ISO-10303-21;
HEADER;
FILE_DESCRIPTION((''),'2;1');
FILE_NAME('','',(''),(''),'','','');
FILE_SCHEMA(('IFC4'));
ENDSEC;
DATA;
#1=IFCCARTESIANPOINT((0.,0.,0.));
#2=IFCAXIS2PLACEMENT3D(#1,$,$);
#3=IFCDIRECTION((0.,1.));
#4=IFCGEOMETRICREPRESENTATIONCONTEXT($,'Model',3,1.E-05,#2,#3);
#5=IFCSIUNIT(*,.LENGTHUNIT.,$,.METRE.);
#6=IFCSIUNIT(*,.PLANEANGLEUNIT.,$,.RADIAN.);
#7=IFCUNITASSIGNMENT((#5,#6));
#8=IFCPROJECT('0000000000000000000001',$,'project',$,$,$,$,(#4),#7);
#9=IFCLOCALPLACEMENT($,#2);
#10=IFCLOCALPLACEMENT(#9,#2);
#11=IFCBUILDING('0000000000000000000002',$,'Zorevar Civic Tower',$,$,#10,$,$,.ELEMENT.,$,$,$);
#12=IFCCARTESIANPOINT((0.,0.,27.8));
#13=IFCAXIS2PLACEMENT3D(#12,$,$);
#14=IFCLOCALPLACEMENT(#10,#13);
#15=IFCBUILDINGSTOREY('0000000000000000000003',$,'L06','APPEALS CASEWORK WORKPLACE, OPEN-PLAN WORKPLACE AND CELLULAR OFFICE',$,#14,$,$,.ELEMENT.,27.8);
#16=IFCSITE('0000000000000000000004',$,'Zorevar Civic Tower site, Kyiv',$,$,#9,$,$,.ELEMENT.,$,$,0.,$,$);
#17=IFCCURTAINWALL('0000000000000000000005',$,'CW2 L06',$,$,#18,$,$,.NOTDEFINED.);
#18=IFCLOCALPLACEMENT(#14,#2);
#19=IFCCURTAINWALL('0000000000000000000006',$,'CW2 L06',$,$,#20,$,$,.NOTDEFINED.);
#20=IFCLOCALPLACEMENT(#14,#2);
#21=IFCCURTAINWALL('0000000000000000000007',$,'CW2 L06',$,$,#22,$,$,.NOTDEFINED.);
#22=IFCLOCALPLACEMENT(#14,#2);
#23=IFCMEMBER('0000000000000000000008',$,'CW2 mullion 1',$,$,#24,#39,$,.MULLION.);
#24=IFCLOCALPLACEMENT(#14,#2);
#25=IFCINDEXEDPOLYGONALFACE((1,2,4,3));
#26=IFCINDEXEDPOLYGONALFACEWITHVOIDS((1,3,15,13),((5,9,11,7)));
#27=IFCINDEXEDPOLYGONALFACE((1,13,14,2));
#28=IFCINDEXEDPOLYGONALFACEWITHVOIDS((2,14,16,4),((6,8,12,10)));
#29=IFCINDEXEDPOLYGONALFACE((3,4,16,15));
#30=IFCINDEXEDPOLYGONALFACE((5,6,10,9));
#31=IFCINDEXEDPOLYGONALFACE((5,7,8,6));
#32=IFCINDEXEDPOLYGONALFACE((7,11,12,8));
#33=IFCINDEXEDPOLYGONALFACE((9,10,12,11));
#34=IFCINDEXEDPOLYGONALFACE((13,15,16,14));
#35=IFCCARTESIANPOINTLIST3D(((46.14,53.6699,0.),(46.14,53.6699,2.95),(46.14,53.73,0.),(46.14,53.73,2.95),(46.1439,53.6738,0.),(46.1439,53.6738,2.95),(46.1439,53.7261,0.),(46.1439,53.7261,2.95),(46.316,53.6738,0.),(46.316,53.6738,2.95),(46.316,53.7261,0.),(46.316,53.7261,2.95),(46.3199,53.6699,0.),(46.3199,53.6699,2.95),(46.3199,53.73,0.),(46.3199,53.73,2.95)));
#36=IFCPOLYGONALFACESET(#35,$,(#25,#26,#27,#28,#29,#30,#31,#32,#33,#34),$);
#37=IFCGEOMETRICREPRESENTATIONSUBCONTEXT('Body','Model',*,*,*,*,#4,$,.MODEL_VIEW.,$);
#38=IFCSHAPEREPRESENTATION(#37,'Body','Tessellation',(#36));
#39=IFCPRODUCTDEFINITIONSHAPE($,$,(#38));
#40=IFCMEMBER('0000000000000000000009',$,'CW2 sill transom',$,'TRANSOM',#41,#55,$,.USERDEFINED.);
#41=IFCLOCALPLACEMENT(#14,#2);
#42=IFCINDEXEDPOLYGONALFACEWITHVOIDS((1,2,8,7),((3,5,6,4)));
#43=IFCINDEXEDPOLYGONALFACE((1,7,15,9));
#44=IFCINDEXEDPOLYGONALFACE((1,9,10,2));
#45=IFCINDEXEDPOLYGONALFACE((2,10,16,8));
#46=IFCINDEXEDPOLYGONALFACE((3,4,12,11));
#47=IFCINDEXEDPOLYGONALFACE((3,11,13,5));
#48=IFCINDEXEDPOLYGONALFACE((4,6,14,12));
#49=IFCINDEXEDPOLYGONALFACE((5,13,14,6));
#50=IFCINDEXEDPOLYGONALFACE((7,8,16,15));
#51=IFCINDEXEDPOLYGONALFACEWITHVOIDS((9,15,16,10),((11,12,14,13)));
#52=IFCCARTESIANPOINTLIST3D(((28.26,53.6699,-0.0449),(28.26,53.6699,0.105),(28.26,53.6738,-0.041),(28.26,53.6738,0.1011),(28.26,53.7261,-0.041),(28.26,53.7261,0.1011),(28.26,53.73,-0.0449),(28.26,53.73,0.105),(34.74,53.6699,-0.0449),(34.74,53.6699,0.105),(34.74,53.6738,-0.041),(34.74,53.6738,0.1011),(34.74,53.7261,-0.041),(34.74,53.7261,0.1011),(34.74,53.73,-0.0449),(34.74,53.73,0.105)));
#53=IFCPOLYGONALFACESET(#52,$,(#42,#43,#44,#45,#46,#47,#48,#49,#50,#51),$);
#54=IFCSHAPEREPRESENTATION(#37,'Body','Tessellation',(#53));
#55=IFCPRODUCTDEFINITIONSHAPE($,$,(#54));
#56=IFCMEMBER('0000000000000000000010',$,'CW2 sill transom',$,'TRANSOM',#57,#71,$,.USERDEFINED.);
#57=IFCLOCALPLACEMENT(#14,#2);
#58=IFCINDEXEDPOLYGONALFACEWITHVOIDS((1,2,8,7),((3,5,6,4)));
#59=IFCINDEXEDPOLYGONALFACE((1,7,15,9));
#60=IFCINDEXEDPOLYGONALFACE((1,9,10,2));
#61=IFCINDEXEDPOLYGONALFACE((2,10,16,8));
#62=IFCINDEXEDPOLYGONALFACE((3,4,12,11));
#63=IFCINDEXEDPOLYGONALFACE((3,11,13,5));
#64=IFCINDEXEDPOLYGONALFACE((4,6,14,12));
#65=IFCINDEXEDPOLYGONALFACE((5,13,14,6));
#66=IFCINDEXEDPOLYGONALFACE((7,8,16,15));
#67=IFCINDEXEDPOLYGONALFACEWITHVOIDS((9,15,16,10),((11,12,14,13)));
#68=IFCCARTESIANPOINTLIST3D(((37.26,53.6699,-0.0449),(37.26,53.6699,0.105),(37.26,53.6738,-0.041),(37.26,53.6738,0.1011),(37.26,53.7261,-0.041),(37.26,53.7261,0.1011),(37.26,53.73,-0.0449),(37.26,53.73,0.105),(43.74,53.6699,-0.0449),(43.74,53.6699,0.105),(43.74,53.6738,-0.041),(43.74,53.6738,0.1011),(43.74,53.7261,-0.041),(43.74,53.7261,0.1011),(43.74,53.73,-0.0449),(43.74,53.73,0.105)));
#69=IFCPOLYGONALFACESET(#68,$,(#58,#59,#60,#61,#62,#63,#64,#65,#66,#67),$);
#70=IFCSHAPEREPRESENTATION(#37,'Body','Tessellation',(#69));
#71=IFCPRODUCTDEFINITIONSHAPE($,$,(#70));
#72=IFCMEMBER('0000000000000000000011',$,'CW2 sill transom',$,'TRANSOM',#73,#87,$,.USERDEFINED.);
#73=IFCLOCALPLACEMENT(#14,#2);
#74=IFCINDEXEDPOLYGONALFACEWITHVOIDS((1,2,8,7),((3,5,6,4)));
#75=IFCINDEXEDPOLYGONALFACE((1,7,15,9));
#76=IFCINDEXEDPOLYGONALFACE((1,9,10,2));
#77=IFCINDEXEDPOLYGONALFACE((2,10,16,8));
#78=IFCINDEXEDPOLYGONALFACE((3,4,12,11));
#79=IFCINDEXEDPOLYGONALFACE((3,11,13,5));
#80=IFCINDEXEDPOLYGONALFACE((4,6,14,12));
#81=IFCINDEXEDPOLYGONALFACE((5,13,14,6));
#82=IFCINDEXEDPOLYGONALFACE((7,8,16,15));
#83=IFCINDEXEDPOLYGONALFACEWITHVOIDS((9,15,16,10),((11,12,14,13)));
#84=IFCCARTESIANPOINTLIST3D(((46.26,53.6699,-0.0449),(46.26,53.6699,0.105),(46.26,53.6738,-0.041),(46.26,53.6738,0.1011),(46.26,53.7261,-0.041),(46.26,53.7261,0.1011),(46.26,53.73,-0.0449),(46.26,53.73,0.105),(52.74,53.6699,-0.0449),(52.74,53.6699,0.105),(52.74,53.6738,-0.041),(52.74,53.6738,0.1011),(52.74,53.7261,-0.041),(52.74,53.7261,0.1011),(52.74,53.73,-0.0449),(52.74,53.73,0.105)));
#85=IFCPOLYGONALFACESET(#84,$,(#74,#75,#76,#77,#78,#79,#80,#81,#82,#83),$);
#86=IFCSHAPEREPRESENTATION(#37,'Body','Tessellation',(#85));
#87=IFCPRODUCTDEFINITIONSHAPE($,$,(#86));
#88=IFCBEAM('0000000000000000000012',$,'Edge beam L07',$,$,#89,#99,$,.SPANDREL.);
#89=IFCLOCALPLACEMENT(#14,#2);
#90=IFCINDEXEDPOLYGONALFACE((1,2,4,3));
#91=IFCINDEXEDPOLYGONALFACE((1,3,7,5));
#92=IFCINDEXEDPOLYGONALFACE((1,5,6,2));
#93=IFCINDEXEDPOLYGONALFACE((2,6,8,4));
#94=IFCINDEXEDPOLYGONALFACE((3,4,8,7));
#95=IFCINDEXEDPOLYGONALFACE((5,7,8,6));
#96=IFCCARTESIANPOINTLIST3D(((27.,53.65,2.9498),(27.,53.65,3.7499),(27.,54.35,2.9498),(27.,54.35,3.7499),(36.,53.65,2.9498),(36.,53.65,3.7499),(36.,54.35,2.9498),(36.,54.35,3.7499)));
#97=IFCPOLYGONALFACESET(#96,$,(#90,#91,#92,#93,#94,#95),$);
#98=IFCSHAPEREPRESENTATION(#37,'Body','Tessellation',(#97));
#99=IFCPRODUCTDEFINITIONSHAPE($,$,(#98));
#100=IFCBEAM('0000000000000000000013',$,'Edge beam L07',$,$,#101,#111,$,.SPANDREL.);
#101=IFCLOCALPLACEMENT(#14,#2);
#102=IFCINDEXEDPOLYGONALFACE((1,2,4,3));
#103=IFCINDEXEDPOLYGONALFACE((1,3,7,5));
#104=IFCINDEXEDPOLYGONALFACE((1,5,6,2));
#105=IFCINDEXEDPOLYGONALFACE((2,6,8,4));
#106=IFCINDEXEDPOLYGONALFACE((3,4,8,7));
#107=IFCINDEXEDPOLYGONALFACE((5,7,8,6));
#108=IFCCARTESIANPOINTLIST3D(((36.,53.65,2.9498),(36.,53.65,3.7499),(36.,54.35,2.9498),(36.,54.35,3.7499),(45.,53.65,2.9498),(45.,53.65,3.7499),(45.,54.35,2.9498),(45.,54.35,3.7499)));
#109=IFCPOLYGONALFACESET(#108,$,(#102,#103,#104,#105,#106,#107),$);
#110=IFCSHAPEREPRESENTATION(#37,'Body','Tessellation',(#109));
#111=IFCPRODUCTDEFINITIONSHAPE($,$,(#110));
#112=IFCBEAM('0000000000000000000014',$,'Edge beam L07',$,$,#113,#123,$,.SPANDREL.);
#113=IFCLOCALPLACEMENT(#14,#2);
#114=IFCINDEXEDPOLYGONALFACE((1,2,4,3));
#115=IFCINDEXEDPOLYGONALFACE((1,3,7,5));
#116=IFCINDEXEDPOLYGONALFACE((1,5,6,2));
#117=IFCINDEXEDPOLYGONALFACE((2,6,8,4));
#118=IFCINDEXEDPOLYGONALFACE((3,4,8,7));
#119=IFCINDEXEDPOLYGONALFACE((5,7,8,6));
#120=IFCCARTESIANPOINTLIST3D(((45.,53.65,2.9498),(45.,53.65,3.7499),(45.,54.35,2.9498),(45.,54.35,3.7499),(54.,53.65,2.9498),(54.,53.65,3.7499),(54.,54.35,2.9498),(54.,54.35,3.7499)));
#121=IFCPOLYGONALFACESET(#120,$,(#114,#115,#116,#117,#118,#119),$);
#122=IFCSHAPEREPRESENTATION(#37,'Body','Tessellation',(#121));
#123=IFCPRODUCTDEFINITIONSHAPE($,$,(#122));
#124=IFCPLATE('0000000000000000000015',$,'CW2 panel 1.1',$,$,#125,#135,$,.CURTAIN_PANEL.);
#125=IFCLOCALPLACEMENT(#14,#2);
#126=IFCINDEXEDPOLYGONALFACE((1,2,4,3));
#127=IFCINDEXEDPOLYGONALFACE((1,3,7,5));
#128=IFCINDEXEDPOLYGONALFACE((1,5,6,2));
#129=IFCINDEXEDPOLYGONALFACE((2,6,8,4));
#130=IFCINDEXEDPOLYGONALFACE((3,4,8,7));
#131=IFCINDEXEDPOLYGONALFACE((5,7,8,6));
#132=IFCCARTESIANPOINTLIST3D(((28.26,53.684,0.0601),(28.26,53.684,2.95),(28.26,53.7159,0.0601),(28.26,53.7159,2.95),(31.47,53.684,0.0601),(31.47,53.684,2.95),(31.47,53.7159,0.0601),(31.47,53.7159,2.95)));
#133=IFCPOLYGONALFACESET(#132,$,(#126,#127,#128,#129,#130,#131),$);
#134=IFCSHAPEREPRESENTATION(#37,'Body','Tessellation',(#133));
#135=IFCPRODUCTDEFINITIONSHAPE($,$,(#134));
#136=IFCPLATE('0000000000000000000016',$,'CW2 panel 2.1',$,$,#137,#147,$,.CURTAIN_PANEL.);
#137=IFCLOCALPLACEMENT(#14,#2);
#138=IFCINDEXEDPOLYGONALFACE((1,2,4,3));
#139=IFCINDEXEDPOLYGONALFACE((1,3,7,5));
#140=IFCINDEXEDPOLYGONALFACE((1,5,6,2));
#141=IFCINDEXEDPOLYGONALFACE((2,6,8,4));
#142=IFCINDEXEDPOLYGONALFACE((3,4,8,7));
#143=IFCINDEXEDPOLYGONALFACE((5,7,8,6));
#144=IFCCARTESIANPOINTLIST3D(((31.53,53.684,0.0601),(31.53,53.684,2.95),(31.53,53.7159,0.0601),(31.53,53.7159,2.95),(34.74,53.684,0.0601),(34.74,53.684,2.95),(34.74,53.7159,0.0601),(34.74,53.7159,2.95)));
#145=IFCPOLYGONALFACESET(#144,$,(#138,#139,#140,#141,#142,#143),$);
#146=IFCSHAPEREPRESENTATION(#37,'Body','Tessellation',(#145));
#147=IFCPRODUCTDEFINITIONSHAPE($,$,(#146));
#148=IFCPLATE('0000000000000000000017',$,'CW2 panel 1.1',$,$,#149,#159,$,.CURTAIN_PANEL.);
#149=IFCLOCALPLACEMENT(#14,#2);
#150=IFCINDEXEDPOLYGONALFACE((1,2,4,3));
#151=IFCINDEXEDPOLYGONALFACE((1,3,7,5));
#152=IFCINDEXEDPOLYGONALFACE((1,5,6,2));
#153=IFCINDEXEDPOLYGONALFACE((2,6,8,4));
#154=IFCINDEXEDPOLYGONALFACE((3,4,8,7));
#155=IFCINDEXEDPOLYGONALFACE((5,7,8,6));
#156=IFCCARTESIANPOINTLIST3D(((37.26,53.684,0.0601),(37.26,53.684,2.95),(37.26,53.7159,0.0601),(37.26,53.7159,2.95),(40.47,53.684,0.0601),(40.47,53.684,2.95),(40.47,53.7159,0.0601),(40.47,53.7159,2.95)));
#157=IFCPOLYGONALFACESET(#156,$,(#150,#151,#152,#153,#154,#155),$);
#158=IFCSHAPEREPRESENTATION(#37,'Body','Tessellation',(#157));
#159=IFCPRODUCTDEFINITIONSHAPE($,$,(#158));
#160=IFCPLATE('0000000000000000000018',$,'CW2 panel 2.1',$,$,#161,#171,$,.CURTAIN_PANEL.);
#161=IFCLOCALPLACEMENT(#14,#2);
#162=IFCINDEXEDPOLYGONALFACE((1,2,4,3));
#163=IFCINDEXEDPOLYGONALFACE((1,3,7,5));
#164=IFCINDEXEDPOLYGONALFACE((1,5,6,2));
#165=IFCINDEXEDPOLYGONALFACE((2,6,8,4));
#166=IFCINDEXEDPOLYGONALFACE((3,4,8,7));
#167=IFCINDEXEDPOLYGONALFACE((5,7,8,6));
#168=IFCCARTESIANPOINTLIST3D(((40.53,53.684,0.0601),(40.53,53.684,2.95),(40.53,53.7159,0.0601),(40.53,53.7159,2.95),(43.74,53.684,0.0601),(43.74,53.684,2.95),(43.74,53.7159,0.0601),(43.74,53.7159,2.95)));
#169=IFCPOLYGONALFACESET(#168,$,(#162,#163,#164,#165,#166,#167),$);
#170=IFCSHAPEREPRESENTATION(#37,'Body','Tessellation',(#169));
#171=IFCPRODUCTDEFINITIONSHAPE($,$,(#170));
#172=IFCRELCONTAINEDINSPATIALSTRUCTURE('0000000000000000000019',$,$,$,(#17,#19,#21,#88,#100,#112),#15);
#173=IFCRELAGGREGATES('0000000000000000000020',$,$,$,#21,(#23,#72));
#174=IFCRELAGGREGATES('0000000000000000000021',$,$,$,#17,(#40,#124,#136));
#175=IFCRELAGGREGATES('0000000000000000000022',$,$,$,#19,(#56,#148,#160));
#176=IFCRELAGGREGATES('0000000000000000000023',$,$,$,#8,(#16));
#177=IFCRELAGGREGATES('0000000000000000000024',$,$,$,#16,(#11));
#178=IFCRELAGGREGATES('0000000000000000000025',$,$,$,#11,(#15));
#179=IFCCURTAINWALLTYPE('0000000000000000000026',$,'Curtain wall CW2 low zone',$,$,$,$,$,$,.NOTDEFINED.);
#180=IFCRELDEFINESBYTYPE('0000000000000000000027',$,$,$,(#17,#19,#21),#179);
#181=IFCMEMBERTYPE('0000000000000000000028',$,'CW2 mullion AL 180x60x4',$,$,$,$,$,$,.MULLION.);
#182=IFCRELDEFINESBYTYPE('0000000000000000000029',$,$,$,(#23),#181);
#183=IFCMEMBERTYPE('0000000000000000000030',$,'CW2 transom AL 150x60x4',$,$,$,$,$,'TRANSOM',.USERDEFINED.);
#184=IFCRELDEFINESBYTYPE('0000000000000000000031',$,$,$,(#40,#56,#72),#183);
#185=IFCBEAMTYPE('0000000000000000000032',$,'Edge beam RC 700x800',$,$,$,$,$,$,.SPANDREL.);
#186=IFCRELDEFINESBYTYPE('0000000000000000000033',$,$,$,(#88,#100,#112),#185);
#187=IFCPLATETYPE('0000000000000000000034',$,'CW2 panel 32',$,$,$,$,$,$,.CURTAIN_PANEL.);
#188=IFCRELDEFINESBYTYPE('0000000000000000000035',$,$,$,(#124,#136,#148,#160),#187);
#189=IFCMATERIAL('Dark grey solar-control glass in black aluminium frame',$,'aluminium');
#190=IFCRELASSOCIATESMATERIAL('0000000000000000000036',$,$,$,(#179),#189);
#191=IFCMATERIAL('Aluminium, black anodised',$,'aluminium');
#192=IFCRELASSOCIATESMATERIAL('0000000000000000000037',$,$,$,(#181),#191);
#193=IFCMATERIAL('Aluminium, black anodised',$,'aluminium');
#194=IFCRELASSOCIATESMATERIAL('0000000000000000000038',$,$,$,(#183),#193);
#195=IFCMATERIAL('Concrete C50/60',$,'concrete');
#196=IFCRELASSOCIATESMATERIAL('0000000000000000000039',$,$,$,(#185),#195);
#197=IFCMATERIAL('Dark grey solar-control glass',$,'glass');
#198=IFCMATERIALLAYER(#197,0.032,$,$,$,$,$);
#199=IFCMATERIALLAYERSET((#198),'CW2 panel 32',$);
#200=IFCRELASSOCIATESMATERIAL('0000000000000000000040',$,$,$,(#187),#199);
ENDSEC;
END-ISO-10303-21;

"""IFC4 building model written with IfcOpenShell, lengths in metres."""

from ifc_helpers import new_model, si_unit, direction, frame, origin, origin_2d, place, context, subcontext, project, spatial, rectangle, hollow_rectangle, extrude, material, layer, layer_set, material_profile, profile_set, type_object, element, aggregate, save


model = new_model("IFC4")

# Units and contexts
model_context = context("Model", 3, precision=1e-05, world=origin(), true_north=direction((0.0, 1.0)))
body_context = subcontext(model_context, "Body", "Model", "MODEL_VIEW")
ifc_project = project(units=[si_unit("LENGTHUNIT", "METRE"), si_unit("PLANEANGLEUNIT", "RADIAN")], contexts=[model_context])

# Site, building, storey
site_placement = place(None, origin())
site = spatial("IfcSite", under=ifc_project, at=site_placement, Name="Zorevar Civic Tower site, Kyiv", CompositionType="ELEMENT", RefElevation=0.0)
building_placement = place(site_placement, origin())
building = spatial("IfcBuilding", under=site, at=building_placement, Name="Zorevar Civic Tower", CompositionType="ELEMENT")
storey_placement = place(building_placement, frame((0.0, 0.0, 27.8)))
storey = spatial("IfcBuildingStorey", under=building, at=storey_placement, Name="L06", Description="APPEALS CASEWORK WORKPLACE, OPEN-PLAN WORKPLACE AND CELLULAR OFFICE", CompositionType="ELEMENT", Elevation=27.8)

# Curtain walls
ifc_material_1 = material(Name="Dark grey solar-control glass in black aluminium frame", Category="aluminium")
curtain_wall_type = type_object("IfcCurtainWallType", Name="Curtain wall CW2 low zone", PredefinedType="NOTDEFINED", material=ifc_material_1)
curtain_wall_1_placement = place(storey_placement, origin())
curtain_wall_1 = element("IfcCurtainWall", 1, at=curtain_wall_1_placement, inside=storey, type_object=curtain_wall_type, Name="CW2 L06", PredefinedType="NOTDEFINED")
ifc_material_2 = material(Name="Aluminium, black anodised", Category="aluminium")
ifc_material_profile_1 = material_profile(ifc_material_2, hollow_rectangle(XDim=0.0601, YDim=0.1799, WallThickness=0.0039, at=origin_2d()), Name="AL 180x60x4")
ifc_profile_set_1 = profile_set([ifc_material_profile_1], Name="Aluminium, black anodised")
member_type_1 = type_object("IfcMemberType", Name="CW2 mullion AL 180x60x4", PredefinedType="MULLION", material=ifc_profile_set_1)
curtain_wall_2_placement = place(storey_placement, origin())
curtain_wall_2 = element("IfcCurtainWall", 2, at=curtain_wall_2_placement, inside=storey, type_object=curtain_wall_type, Name="CW2 L06", PredefinedType="NOTDEFINED")

# Curtain wall, member
curtain_wall_3_placement = place(storey_placement, origin())
curtain_wall_3 = element("IfcCurtainWall", 3, at=curtain_wall_3_placement, inside=storey, type_object=curtain_wall_type, Name="CW2 L06", PredefinedType="NOTDEFINED")
member_1_placement = place(storey_placement, frame((46.23, 53.7, 0.0), z_axis=(0.0, 0.0, 1.0), x_axis=(0.0, 1.0, 0.0)))
member_1 = element("IfcMember", 4, at=member_1_placement, type_object=member_type_1, Name="CW2 mullion 1", PredefinedType="MULLION", context=body_context, shape_type="SweptSolid", body=[
    extrude(hollow_rectangle(XDim=0.0601, YDim=0.1799, WallThickness=0.0039, at=origin_2d()), origin(), (0.0, 0.0, 1.0), 2.95),
])

# Members
ifc_material_3 = material(Name="Aluminium, black anodised", Category="aluminium")
ifc_material_profile_2 = material_profile(ifc_material_3, hollow_rectangle(XDim=0.0601, YDim=0.1499, WallThickness=0.0039, at=origin_2d()), Name="AL 150x60x4")
ifc_profile_set_2 = profile_set([ifc_material_profile_2], Name="Aluminium, black anodised")
member_type_2 = type_object("IfcMemberType", Name="CW2 transom AL 150x60x4", ElementType="TRANSOM", PredefinedType="USERDEFINED", material=ifc_profile_set_2)
member_2_placement = place(storey_placement, frame((28.26, 53.7, 0.03), z_axis=(1.0, 0.0, 0.0), x_axis=(0.0, 1.0, 0.0)))
member_2 = element("IfcMember", 5, at=member_2_placement, type_object=member_type_2, Name="CW2 sill transom", ObjectType="TRANSOM", PredefinedType="USERDEFINED", context=body_context, shape_type="SweptSolid", body=[
    extrude(hollow_rectangle(XDim=0.0601, YDim=0.1499, WallThickness=0.0039, at=origin_2d()), origin(), (0.0, 0.0, 1.0), 6.48),
])
member_3_placement = place(storey_placement, frame((37.26, 53.7, 0.03), z_axis=(1.0, 0.0, 0.0), x_axis=(0.0, 1.0, 0.0)))
member_3 = element("IfcMember", 6, at=member_3_placement, type_object=member_type_2, Name="CW2 sill transom", ObjectType="TRANSOM", PredefinedType="USERDEFINED", context=body_context, shape_type="SweptSolid", body=[
    extrude(hollow_rectangle(XDim=0.0601, YDim=0.1499, WallThickness=0.0039, at=origin_2d()), origin(), (0.0, 0.0, 1.0), 6.48),
])
member_4_placement = place(storey_placement, frame((46.26, 53.7, 0.03), z_axis=(1.0, 0.0, 0.0), x_axis=(0.0, 1.0, 0.0)))
member_4 = element("IfcMember", 7, at=member_4_placement, type_object=member_type_2, Name="CW2 sill transom", ObjectType="TRANSOM", PredefinedType="USERDEFINED", context=body_context, shape_type="SweptSolid", body=[
    extrude(hollow_rectangle(XDim=0.0601, YDim=0.1499, WallThickness=0.0039, at=origin_2d()), origin(), (0.0, 0.0, 1.0), 6.48),
])
aggregate(curtain_wall_3, [member_1, member_4])

# Beams
ifc_material_4 = material(Name="Concrete C50/60", Category="concrete")
ifc_material_profile_3 = material_profile(ifc_material_4, rectangle(XDim=0.7, YDim=0.8, at=origin_2d()), Name="RC 700x800")
ifc_profile_set_3 = profile_set([ifc_material_profile_3], Name="Concrete C50/60")
beam_type_1 = type_object("IfcBeamType", Name="Edge beam RC 700x800", PredefinedType="SPANDREL", material=ifc_profile_set_3)
for number, where, z_axis, x_axis, name in (
    (8, (27.0, 54.0, 3.3499), (1.0, 0.0, 0.0), (0.0, 1.0, 0.0), "Edge beam L07"),
    (9, (36.0, 54.0, 3.3499), (1.0, 0.0, 0.0), (0.0, 1.0, 0.0), "Edge beam L07"),
    (10, (45.0, 54.0, 3.3499), (1.0, 0.0, 0.0), (0.0, 1.0, 0.0), "Edge beam L07"),
):
    element("IfcBeam", number, at=place(storey_placement, frame(where, z_axis=z_axis, x_axis=x_axis)), inside=storey, type_object=beam_type_1, Name=name, PredefinedType="SPANDREL", context=body_context, shape_type="SweptSolid", body=[
        extrude(rectangle(XDim=0.7, YDim=0.8, at=origin_2d()), origin(), (0.0, 0.0, 1.0), 9.0),
    ])

# Plates
ifc_material_5 = material(Name="Dark grey solar-control glass", Category="glass")
ifc_layer_1 = layer(ifc_material_5, 0.032)
ifc_layer_set_1 = layer_set([ifc_layer_1], Name="CW2 panel 32")
plate_type = type_object("IfcPlateType", Name="CW2 panel 32", PredefinedType="CURTAIN_PANEL", material=ifc_layer_set_1)
plate_1_placement = place(storey_placement, frame((29.865, 53.7, 0.0601), z_axis=(0.0, 0.0, 1.0), x_axis=(1.0, 0.0, 0.0)))
plate_1 = element("IfcPlate", 11, at=plate_1_placement, type_object=plate_type, Name="CW2 panel 1.1", PredefinedType="CURTAIN_PANEL", context=body_context, shape_type="SweptSolid", body=[
    extrude(rectangle(XDim=3.21, YDim=0.032, at=origin_2d()), origin(), (0.0, 0.0, 1.0), 2.8899),
])
plate_2_placement = place(storey_placement, frame((33.135, 53.7, 0.0601), z_axis=(0.0, 0.0, 1.0), x_axis=(1.0, 0.0, 0.0)))
plate_2 = element("IfcPlate", 12, at=plate_2_placement, type_object=plate_type, Name="CW2 panel 2.1", PredefinedType="CURTAIN_PANEL", context=body_context, shape_type="SweptSolid", body=[
    extrude(rectangle(XDim=3.21, YDim=0.032, at=origin_2d()), origin(), (0.0, 0.0, 1.0), 2.8899),
])
aggregate(curtain_wall_1, [member_2, plate_1, plate_2])
plate_3_placement = place(storey_placement, frame((38.865, 53.7, 0.0601), z_axis=(0.0, 0.0, 1.0), x_axis=(1.0, 0.0, 0.0)))
plate_3 = element("IfcPlate", 13, at=plate_3_placement, type_object=plate_type, Name="CW2 panel 1.1", PredefinedType="CURTAIN_PANEL", context=body_context, shape_type="SweptSolid", body=[
    extrude(rectangle(XDim=3.21, YDim=0.032, at=origin_2d()), origin(), (0.0, 0.0, 1.0), 2.8899),
])
plate_4_placement = place(storey_placement, frame((42.135, 53.7, 0.0601), z_axis=(0.0, 0.0, 1.0), x_axis=(1.0, 0.0, 0.0)))
plate_4 = element("IfcPlate", 14, at=plate_4_placement, type_object=plate_type, Name="CW2 panel 2.1", PredefinedType="CURTAIN_PANEL", context=body_context, shape_type="SweptSolid", body=[
    extrude(rectangle(XDim=3.21, YDim=0.032, at=origin_2d()), origin(), (0.0, 0.0, 1.0), 2.8899),
])
aggregate(curtain_wall_2, [member_3, plate_3, plate_4])

save(model, "model.ifc")
